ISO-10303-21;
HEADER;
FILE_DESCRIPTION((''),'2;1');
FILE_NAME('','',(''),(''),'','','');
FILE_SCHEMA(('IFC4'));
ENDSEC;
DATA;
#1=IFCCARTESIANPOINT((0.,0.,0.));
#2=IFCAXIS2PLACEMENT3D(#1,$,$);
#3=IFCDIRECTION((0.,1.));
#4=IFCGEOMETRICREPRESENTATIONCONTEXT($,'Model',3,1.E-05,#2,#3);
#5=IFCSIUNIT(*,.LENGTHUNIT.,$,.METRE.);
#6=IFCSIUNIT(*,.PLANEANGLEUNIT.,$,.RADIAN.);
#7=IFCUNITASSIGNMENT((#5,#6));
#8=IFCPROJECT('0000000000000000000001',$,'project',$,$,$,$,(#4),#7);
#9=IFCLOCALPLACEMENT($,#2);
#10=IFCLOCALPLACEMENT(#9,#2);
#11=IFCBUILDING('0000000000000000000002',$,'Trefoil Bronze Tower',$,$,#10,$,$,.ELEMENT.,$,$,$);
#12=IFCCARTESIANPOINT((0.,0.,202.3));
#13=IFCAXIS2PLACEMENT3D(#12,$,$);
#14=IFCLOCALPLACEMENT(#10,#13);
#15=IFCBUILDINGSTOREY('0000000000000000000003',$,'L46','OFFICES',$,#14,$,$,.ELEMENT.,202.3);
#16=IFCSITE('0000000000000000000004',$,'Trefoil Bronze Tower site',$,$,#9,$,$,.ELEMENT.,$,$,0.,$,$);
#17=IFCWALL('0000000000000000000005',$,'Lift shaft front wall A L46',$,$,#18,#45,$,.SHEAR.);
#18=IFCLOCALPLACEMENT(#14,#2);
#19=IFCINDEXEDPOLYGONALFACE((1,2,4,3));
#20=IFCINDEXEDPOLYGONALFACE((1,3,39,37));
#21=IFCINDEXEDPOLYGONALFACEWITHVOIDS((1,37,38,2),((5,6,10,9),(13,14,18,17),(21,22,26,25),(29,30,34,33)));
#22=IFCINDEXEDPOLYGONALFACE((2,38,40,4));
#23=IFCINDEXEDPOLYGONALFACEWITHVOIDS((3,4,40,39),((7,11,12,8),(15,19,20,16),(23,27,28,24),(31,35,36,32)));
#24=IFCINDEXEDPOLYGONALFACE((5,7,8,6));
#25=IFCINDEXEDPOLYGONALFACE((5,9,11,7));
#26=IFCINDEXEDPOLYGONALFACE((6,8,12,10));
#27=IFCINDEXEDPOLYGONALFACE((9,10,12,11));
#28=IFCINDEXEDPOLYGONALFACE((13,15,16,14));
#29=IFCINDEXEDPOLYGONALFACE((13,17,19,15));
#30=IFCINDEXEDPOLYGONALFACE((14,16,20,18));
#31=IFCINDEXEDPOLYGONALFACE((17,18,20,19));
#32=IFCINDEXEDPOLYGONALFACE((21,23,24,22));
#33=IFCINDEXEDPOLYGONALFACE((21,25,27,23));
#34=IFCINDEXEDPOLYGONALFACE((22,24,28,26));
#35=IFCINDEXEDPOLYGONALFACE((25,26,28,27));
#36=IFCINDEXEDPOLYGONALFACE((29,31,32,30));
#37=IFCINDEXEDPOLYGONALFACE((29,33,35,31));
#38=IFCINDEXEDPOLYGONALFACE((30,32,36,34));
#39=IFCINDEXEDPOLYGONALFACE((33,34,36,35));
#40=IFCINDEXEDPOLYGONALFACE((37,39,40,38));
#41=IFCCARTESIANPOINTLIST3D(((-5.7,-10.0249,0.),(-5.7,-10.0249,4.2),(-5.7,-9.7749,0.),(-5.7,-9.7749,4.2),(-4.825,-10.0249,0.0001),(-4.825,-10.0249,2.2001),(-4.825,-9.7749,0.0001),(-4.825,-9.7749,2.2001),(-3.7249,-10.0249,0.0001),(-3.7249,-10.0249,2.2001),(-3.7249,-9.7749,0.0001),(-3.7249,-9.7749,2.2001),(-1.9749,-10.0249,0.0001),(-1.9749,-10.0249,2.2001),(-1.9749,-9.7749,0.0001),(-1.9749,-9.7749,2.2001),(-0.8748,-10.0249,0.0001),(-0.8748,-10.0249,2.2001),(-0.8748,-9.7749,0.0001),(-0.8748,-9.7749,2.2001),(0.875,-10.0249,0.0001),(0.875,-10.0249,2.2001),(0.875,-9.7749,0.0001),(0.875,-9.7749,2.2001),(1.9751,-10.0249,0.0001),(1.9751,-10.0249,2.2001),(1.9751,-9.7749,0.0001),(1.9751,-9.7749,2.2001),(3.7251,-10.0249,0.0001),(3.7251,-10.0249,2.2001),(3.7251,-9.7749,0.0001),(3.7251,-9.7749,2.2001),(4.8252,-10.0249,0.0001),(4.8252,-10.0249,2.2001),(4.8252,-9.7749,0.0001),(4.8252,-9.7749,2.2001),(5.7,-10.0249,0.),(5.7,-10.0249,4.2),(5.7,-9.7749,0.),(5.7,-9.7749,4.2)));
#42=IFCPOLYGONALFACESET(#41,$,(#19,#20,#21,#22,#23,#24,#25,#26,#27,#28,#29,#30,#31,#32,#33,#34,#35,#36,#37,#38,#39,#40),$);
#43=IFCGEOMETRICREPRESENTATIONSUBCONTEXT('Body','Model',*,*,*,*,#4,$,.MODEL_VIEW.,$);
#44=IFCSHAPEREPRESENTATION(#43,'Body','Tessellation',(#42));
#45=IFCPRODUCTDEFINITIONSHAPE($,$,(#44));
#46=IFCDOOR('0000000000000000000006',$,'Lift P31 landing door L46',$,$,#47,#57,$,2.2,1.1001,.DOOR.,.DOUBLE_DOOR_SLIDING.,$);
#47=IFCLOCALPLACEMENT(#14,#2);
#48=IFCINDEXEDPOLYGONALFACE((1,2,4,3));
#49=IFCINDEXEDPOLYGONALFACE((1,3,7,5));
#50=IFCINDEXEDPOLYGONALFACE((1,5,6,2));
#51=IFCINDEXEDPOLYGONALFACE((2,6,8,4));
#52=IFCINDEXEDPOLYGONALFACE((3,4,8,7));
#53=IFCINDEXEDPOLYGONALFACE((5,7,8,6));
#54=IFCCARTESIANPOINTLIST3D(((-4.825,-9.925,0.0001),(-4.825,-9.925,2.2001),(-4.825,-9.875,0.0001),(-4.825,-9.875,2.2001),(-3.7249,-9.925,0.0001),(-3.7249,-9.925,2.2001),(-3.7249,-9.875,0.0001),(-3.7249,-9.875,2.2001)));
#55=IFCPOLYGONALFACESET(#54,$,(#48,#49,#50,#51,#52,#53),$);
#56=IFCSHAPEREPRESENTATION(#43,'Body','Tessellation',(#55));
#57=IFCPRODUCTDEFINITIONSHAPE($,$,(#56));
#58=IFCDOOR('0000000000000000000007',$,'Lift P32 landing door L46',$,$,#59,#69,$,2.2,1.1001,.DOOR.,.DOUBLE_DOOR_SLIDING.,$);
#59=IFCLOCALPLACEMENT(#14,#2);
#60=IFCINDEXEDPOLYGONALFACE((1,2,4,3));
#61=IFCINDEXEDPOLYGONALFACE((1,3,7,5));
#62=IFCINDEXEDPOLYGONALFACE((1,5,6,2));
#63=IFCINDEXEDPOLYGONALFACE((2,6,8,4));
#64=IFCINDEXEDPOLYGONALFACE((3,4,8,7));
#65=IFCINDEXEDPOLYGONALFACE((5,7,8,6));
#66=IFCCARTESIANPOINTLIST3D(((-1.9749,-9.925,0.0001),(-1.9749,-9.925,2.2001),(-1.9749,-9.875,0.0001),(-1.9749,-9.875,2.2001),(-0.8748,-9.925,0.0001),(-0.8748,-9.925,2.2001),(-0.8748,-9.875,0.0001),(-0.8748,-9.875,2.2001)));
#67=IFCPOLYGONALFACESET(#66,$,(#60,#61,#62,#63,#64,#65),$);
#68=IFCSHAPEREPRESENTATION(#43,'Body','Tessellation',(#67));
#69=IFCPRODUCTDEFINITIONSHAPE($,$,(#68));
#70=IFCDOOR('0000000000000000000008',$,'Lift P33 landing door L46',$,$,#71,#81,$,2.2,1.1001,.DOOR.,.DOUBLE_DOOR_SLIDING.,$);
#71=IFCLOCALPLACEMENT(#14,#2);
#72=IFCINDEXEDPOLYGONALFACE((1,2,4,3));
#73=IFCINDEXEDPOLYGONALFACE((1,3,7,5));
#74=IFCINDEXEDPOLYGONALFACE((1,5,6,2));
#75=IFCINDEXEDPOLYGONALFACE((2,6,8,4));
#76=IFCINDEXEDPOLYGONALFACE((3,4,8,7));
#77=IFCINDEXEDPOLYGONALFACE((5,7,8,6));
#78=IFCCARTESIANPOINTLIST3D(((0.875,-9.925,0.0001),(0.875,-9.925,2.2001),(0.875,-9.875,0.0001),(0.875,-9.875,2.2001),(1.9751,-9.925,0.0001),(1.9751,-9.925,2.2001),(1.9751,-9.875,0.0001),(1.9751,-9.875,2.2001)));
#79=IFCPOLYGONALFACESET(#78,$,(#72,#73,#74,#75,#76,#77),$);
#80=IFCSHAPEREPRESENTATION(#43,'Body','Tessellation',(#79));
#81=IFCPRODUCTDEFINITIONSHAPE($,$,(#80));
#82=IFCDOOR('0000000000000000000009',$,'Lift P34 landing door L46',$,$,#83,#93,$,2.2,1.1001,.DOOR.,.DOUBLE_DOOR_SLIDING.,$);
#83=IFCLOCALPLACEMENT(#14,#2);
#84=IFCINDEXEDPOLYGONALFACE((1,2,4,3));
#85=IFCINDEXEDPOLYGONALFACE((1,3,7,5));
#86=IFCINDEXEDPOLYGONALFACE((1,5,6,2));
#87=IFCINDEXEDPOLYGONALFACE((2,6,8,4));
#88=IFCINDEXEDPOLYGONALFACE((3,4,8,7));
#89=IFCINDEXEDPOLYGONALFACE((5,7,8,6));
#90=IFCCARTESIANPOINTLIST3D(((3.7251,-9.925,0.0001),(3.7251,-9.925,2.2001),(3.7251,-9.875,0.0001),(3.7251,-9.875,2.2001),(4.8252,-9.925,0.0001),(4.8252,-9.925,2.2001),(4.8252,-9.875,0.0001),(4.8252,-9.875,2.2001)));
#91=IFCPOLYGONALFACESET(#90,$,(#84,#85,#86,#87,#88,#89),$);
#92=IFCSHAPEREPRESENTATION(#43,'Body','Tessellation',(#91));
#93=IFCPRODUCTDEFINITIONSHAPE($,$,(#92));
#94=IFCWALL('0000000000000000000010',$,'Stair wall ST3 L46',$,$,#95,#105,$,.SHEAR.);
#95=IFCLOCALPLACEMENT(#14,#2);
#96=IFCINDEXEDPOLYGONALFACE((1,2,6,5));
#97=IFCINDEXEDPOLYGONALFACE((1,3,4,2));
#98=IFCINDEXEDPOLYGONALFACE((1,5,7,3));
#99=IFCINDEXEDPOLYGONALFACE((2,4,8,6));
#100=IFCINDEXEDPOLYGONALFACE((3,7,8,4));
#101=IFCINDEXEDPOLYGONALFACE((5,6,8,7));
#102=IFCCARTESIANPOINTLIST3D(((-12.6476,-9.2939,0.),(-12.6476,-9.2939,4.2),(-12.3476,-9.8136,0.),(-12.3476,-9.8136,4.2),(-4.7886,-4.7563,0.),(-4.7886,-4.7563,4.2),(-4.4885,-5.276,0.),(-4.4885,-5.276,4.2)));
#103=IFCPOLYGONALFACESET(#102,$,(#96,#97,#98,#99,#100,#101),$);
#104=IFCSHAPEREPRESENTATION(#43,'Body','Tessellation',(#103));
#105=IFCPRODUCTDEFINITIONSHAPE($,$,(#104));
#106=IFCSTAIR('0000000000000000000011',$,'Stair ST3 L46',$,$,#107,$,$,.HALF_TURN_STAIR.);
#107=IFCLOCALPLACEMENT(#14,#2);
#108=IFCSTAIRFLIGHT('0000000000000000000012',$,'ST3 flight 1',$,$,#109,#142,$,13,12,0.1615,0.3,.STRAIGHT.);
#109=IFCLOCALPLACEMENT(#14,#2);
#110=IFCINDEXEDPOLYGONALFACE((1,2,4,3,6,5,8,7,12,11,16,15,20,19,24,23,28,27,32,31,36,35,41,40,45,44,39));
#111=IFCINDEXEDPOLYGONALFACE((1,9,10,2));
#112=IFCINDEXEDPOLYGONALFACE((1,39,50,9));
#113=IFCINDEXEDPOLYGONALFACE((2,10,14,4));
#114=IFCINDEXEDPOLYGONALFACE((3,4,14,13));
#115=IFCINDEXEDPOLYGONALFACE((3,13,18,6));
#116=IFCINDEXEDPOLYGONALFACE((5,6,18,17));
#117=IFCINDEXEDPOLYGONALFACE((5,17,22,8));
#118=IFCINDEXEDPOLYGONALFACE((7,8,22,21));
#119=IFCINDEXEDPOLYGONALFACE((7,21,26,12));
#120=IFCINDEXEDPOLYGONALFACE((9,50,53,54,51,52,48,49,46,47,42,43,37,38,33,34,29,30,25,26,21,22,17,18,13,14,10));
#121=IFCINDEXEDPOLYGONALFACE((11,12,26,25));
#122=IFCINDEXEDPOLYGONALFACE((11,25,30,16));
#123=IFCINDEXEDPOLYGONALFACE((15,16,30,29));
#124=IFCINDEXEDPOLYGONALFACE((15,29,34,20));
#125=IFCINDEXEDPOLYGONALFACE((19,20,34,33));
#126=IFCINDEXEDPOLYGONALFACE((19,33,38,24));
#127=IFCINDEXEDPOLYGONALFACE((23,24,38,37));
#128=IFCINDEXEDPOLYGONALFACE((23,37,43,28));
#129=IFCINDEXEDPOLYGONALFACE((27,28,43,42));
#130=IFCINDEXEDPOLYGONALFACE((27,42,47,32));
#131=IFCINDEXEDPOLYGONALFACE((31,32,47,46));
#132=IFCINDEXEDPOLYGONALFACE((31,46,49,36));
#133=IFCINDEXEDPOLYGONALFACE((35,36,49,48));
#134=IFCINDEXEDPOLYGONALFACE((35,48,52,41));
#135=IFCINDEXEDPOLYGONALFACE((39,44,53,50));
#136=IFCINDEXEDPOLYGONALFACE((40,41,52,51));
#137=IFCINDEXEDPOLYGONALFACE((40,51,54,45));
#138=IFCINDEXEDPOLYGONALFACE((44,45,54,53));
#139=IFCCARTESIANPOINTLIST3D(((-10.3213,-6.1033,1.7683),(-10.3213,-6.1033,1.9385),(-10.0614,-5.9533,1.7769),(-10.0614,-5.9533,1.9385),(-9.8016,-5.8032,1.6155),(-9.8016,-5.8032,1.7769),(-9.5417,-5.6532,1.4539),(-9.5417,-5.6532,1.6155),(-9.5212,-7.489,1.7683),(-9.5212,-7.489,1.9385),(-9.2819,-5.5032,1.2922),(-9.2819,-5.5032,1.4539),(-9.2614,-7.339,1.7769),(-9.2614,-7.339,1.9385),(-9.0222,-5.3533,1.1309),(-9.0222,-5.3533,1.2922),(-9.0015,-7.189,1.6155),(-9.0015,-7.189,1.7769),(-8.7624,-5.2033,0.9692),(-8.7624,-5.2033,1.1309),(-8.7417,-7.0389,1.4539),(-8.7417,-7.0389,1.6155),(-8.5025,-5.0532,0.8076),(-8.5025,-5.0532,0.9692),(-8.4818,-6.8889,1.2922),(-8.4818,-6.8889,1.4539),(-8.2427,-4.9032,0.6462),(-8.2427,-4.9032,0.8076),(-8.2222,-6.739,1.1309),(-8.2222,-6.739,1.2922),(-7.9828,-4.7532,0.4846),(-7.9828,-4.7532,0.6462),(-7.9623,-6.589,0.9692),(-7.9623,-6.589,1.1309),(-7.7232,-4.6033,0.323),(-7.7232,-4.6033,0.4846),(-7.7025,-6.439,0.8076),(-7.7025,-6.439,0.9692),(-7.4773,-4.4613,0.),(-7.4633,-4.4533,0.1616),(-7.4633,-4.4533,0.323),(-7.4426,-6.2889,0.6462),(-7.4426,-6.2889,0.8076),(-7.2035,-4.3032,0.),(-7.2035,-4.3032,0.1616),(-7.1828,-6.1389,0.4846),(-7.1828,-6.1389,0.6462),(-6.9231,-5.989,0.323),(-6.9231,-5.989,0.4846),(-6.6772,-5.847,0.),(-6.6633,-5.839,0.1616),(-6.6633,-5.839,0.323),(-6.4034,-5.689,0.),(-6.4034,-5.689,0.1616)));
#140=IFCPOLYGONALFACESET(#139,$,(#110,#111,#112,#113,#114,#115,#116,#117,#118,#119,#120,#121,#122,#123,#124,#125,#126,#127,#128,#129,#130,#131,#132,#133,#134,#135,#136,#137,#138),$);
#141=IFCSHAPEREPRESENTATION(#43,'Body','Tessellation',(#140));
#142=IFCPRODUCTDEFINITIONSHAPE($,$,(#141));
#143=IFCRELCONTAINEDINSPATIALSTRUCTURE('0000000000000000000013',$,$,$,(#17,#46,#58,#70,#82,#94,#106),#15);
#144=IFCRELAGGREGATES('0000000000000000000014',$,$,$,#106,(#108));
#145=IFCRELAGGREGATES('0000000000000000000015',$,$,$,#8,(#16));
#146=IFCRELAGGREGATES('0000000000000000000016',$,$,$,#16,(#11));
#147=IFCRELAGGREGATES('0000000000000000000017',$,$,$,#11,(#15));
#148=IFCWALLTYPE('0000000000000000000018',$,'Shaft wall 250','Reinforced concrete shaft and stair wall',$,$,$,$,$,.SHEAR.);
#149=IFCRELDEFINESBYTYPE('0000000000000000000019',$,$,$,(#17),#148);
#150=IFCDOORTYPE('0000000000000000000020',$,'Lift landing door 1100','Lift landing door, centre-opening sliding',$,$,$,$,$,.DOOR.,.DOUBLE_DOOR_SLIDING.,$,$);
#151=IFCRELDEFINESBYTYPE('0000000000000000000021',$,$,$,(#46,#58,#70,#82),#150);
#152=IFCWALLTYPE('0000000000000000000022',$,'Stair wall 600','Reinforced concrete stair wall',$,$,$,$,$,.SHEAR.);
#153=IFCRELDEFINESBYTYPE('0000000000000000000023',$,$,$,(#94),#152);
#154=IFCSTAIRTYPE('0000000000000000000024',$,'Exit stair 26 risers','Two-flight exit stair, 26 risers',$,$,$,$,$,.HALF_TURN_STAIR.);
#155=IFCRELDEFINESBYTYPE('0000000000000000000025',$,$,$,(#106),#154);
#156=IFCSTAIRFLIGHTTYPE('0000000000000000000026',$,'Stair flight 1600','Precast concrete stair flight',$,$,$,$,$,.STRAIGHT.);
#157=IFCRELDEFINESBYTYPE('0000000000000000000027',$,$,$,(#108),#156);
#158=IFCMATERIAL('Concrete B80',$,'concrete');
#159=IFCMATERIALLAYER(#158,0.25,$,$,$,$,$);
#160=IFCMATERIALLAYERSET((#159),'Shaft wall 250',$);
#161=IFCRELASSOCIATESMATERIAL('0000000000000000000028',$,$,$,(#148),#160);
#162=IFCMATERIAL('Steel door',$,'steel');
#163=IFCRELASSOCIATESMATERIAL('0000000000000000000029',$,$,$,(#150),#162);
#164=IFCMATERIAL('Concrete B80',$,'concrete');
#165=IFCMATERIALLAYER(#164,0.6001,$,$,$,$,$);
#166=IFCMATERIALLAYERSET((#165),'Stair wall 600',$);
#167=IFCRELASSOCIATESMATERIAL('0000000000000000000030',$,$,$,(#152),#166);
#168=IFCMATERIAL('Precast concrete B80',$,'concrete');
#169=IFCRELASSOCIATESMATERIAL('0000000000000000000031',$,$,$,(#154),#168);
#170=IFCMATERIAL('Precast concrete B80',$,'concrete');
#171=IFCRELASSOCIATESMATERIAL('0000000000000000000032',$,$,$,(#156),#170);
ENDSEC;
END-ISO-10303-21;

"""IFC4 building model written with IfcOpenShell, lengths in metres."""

from ifc_helpers import new_model, si_unit, direction, frame, frame_2d, origin, place, context, subcontext, project, spatial, polyline, rectangle, outline, extrude, material, layer, layer_set, type_object, element, fill, aggregate, save


model = new_model("IFC4")

# Units and contexts
model_context = context("Model", 3, precision=1e-05, world=origin(), true_north=direction((0.0, 1.0)))
body_context = subcontext(model_context, "Body", "Model", "MODEL_VIEW")
ifc_project = project(units=[si_unit("LENGTHUNIT", "METRE"), si_unit("PLANEANGLEUNIT", "RADIAN")], contexts=[model_context])

# Site, building, storey
site_placement = place(None, origin())
site = spatial("IfcSite", under=ifc_project, at=site_placement, Name="Trefoil Bronze Tower site", CompositionType="ELEMENT", RefElevation=0.0)
building_placement = place(site_placement, origin())
building = spatial("IfcBuilding", under=site, at=building_placement, Name="Trefoil Bronze Tower", CompositionType="ELEMENT")
storey_placement = place(building_placement, frame((0.0, 0.0, 202.3)))
storey = spatial("IfcBuildingStorey", under=building, at=storey_placement, Name="L46", Description="OFFICES", CompositionType="ELEMENT", Elevation=202.3)

# Wall, openings, doors
ifc_material_1 = material(Name="Concrete B80", Category="concrete")
ifc_layer_1 = layer(ifc_material_1, 0.25)
ifc_layer_set_1 = layer_set([ifc_layer_1], Name="Shaft wall 250")
wall_type_1 = type_object("IfcWallType", Name="Shaft wall 250", Description="Reinforced concrete shaft and stair wall", PredefinedType="SHEAR", material=ifc_layer_set_1)
wall_1_placement = place(storey_placement, frame((-5.7, -9.8999, 0.0), z_axis=(0.0, 0.0, 1.0), x_axis=(1.0, 0.0, 0.0)))
wall_1 = element("IfcWall", 1, at=wall_1_placement, inside=storey, type_object=wall_type_1, Name="Lift shaft front wall A L46", PredefinedType="SHEAR", context=body_context, shape_type="SweptSolid", body=[
    extrude(rectangle(XDim=11.3999, YDim=0.25, at=frame_2d((5.7, 0.0))), origin(), (0.0, 0.0, 1.0), 4.2),
])
opening_1_placement = place(wall_1_placement, frame((0.875, 0.0, 0.0)))
opening_1 = element("IfcOpeningElement", 2, at=opening_1_placement, cuts=wall_1, PredefinedType="OPENING", context=body_context, shape_type="SweptSolid", body=[
    extrude(rectangle(XDim=1.1001, YDim=2.2, at=frame_2d((0.55, 1.1001))), frame((0.0, 0.135, 0.0), z_axis=(0.0, -1.0, 0.0), x_axis=(1.0, 0.0, 0.0)), (0.0, 0.0, 1.0), 0.27),
])
opening_2_placement = place(wall_1_placement, frame((3.7251, 0.0, 0.0)))
opening_2 = element("IfcOpeningElement", 3, at=opening_2_placement, cuts=wall_1, PredefinedType="OPENING", context=body_context, shape_type="SweptSolid", body=[
    extrude(rectangle(XDim=1.1001, YDim=2.2, at=frame_2d((0.55, 1.1001))), frame((0.0, 0.135, 0.0), z_axis=(0.0, -1.0, 0.0), x_axis=(1.0, 0.0, 0.0)), (0.0, 0.0, 1.0), 0.27),
])
opening_3_placement = place(wall_1_placement, frame((6.575, 0.0, 0.0)))
opening_3 = element("IfcOpeningElement", 4, at=opening_3_placement, cuts=wall_1, PredefinedType="OPENING", context=body_context, shape_type="SweptSolid", body=[
    extrude(rectangle(XDim=1.1001, YDim=2.2, at=frame_2d((0.55, 1.1001))), frame((0.0, 0.135, 0.0), z_axis=(0.0, -1.0, 0.0), x_axis=(1.0, 0.0, 0.0)), (0.0, 0.0, 1.0), 0.27),
])
opening_4_placement = place(wall_1_placement, frame((9.425, 0.0, 0.0)))
opening_4 = element("IfcOpeningElement", 5, at=opening_4_placement, cuts=wall_1, PredefinedType="OPENING", context=body_context, shape_type="SweptSolid", body=[
    extrude(rectangle(XDim=1.1001, YDim=2.2, at=frame_2d((0.55, 1.1001))), frame((0.0, 0.135, 0.0), z_axis=(0.0, -1.0, 0.0), x_axis=(1.0, 0.0, 0.0)), (0.0, 0.0, 1.0), 0.27),
])
ifc_material_2 = material(Name="Steel door", Category="steel")
door_type_1 = type_object("IfcDoorType", Name="Lift landing door 1100", Description="Lift landing door, centre-opening sliding", OperationType="DOUBLE_DOOR_SLIDING", PredefinedType="DOOR", material=ifc_material_2)
door_1_placement = place(opening_1_placement, origin())
door_1 = element("IfcDoor", 6, at=door_1_placement, inside=storey, type_object=door_type_1, Name="Lift P31 landing door L46", OperationType="DOUBLE_DOOR_SLIDING", OverallHeight=2.2, OverallWidth=1.1001, PredefinedType="DOOR", context=body_context, shape_type="SweptSolid", body=[
    extrude(rectangle(XDim=1.1001, YDim=2.2, at=frame_2d((0.55, 1.1001))), frame((0.0, 0.0249, 0.0), z_axis=(0.0, -1.0, 0.0), x_axis=(1.0, 0.0, 0.0)), (0.0, 0.0, 1.0), 0.05),
])
fill(opening_1, door_1)
door_2_placement = place(opening_2_placement, origin())
door_2 = element("IfcDoor", 7, at=door_2_placement, inside=storey, type_object=door_type_1, Name="Lift P32 landing door L46", OperationType="DOUBLE_DOOR_SLIDING", OverallHeight=2.2, OverallWidth=1.1001, PredefinedType="DOOR", context=body_context, shape_type="SweptSolid", body=[
    extrude(rectangle(XDim=1.1001, YDim=2.2, at=frame_2d((0.55, 1.1001))), frame((0.0, 0.0249, 0.0), z_axis=(0.0, -1.0, 0.0), x_axis=(1.0, 0.0, 0.0)), (0.0, 0.0, 1.0), 0.05),
])
fill(opening_2, door_2)
door_3_placement = place(opening_3_placement, origin())
door_3 = element("IfcDoor", 8, at=door_3_placement, inside=storey, type_object=door_type_1, Name="Lift P33 landing door L46", OperationType="DOUBLE_DOOR_SLIDING", OverallHeight=2.2, OverallWidth=1.1001, PredefinedType="DOOR", context=body_context, shape_type="SweptSolid", body=[
    extrude(rectangle(XDim=1.1001, YDim=2.2, at=frame_2d((0.55, 1.1001))), frame((0.0, 0.0249, 0.0), z_axis=(0.0, -1.0, 0.0), x_axis=(1.0, 0.0, 0.0)), (0.0, 0.0, 1.0), 0.05),
])
fill(opening_3, door_3)
door_4_placement = place(opening_4_placement, origin())
door_4 = element("IfcDoor", 9, at=door_4_placement, inside=storey, type_object=door_type_1, Name="Lift P34 landing door L46", OperationType="DOUBLE_DOOR_SLIDING", OverallHeight=2.2, OverallWidth=1.1001, PredefinedType="DOOR", context=body_context, shape_type="SweptSolid", body=[
    extrude(rectangle(XDim=1.1001, YDim=2.2, at=frame_2d((0.55, 1.1001))), frame((0.0, 0.0249, 0.0), z_axis=(0.0, -1.0, 0.0), x_axis=(1.0, 0.0, 0.0)), (0.0, 0.0, 1.0), 0.05),
])
fill(opening_4, door_4)

# Wall
ifc_material_3 = material(Name="Concrete B80", Category="concrete")
ifc_layer_2 = layer(ifc_material_3, 0.6001)
ifc_layer_set_2 = layer_set([ifc_layer_2], Name="Stair wall 600")
wall_type_2 = type_object("IfcWallType", Name="Stair wall 600", Description="Reinforced concrete stair wall", PredefinedType="SHEAR", material=ifc_layer_set_2)
wall_2_placement = place(storey_placement, frame((-4.6384, -5.0161, 0.0), z_axis=(0.0, 0.0, 1.0), x_axis=(-0.866019, -0.50001, 0.0)))
element("IfcWall", 10, at=wall_2_placement, inside=storey, type_object=wall_type_2, Name="Stair wall ST3 L46", PredefinedType="SHEAR", context=body_context, shape_type="SweptSolid", body=[
    extrude(rectangle(XDim=9.075, YDim=0.6001, at=frame_2d((4.5376, 0.0))), origin(), (0.0, 0.0, 1.0), 4.2),
])

# Stair, stair flight
ifc_material_4 = material(Name="Precast concrete B80", Category="concrete")
stair_type = type_object("IfcStairType", Name="Exit stair 26 risers", Description="Two-flight exit stair, 26 risers", PredefinedType="HALF_TURN_STAIR", material=ifc_material_4)
stair_placement = place(storey_placement, origin())
stair = element("IfcStair", 11, at=stair_placement, inside=storey, type_object=stair_type, Name="Stair ST3 L46", PredefinedType="HALF_TURN_STAIR")
ifc_material_5 = material(Name="Precast concrete B80", Category="concrete")
stair_flight_type = type_object("IfcStairFlightType", Name="Stair flight 1600", Description="Precast concrete stair flight", PredefinedType="STRAIGHT", material=ifc_material_5)
stair_flight_1_placement = place(storey_placement, frame((-6.8035, -4.9961, 0.0), z_axis=(0.0, 0.0, 1.0), x_axis=(-0.866025, -0.5, 0.0)))
stair_flight_1 = element("IfcStairFlight", 12, at=stair_flight_1_placement, type_object=stair_flight_type, Name="ST3 flight 1", NumberOfRisers=13, NumberOfTreads=12, PredefinedType="STRAIGHT", RiserHeight=0.1615, TreadLength=0.3, context=body_context, shape_type="SweptSolid", body=[
    extrude(outline(polyline([(0.0, 0.0), (0.0, 0.1616), (0.3, 0.1616), (0.3, 0.323), (0.6001, 0.323), (0.6001, 0.4846), (0.8999, 0.4846), (0.8999, 0.6462), (1.2, 0.6462), (1.2, 0.8076), (1.5, 0.8076), (1.5, 0.9692), (1.8, 0.9692), (1.8, 1.1309), (2.1001, 1.1309), (2.1001, 1.2922), (2.3999, 1.2922), (2.3999, 1.4539), (2.7, 1.4539), (2.7, 1.6155), (3.0, 1.6155), (3.0, 1.7769), (3.3, 1.7769), (3.3, 1.9385), (3.6001, 1.9385), (3.6001, 2.1001), (3.6001, 1.7683), (0.3162, 0.0), (0.0, 0.0)])), frame((0.0, 0.8, 0.0), z_axis=(0.0, -1.0, 0.0), x_axis=(1.0, 0.0, 0.0)), (0.0, 0.0, 1.0), 1.6001),
])
aggregate(stair, [stair_flight_1])

save(model, "model.ifc")
